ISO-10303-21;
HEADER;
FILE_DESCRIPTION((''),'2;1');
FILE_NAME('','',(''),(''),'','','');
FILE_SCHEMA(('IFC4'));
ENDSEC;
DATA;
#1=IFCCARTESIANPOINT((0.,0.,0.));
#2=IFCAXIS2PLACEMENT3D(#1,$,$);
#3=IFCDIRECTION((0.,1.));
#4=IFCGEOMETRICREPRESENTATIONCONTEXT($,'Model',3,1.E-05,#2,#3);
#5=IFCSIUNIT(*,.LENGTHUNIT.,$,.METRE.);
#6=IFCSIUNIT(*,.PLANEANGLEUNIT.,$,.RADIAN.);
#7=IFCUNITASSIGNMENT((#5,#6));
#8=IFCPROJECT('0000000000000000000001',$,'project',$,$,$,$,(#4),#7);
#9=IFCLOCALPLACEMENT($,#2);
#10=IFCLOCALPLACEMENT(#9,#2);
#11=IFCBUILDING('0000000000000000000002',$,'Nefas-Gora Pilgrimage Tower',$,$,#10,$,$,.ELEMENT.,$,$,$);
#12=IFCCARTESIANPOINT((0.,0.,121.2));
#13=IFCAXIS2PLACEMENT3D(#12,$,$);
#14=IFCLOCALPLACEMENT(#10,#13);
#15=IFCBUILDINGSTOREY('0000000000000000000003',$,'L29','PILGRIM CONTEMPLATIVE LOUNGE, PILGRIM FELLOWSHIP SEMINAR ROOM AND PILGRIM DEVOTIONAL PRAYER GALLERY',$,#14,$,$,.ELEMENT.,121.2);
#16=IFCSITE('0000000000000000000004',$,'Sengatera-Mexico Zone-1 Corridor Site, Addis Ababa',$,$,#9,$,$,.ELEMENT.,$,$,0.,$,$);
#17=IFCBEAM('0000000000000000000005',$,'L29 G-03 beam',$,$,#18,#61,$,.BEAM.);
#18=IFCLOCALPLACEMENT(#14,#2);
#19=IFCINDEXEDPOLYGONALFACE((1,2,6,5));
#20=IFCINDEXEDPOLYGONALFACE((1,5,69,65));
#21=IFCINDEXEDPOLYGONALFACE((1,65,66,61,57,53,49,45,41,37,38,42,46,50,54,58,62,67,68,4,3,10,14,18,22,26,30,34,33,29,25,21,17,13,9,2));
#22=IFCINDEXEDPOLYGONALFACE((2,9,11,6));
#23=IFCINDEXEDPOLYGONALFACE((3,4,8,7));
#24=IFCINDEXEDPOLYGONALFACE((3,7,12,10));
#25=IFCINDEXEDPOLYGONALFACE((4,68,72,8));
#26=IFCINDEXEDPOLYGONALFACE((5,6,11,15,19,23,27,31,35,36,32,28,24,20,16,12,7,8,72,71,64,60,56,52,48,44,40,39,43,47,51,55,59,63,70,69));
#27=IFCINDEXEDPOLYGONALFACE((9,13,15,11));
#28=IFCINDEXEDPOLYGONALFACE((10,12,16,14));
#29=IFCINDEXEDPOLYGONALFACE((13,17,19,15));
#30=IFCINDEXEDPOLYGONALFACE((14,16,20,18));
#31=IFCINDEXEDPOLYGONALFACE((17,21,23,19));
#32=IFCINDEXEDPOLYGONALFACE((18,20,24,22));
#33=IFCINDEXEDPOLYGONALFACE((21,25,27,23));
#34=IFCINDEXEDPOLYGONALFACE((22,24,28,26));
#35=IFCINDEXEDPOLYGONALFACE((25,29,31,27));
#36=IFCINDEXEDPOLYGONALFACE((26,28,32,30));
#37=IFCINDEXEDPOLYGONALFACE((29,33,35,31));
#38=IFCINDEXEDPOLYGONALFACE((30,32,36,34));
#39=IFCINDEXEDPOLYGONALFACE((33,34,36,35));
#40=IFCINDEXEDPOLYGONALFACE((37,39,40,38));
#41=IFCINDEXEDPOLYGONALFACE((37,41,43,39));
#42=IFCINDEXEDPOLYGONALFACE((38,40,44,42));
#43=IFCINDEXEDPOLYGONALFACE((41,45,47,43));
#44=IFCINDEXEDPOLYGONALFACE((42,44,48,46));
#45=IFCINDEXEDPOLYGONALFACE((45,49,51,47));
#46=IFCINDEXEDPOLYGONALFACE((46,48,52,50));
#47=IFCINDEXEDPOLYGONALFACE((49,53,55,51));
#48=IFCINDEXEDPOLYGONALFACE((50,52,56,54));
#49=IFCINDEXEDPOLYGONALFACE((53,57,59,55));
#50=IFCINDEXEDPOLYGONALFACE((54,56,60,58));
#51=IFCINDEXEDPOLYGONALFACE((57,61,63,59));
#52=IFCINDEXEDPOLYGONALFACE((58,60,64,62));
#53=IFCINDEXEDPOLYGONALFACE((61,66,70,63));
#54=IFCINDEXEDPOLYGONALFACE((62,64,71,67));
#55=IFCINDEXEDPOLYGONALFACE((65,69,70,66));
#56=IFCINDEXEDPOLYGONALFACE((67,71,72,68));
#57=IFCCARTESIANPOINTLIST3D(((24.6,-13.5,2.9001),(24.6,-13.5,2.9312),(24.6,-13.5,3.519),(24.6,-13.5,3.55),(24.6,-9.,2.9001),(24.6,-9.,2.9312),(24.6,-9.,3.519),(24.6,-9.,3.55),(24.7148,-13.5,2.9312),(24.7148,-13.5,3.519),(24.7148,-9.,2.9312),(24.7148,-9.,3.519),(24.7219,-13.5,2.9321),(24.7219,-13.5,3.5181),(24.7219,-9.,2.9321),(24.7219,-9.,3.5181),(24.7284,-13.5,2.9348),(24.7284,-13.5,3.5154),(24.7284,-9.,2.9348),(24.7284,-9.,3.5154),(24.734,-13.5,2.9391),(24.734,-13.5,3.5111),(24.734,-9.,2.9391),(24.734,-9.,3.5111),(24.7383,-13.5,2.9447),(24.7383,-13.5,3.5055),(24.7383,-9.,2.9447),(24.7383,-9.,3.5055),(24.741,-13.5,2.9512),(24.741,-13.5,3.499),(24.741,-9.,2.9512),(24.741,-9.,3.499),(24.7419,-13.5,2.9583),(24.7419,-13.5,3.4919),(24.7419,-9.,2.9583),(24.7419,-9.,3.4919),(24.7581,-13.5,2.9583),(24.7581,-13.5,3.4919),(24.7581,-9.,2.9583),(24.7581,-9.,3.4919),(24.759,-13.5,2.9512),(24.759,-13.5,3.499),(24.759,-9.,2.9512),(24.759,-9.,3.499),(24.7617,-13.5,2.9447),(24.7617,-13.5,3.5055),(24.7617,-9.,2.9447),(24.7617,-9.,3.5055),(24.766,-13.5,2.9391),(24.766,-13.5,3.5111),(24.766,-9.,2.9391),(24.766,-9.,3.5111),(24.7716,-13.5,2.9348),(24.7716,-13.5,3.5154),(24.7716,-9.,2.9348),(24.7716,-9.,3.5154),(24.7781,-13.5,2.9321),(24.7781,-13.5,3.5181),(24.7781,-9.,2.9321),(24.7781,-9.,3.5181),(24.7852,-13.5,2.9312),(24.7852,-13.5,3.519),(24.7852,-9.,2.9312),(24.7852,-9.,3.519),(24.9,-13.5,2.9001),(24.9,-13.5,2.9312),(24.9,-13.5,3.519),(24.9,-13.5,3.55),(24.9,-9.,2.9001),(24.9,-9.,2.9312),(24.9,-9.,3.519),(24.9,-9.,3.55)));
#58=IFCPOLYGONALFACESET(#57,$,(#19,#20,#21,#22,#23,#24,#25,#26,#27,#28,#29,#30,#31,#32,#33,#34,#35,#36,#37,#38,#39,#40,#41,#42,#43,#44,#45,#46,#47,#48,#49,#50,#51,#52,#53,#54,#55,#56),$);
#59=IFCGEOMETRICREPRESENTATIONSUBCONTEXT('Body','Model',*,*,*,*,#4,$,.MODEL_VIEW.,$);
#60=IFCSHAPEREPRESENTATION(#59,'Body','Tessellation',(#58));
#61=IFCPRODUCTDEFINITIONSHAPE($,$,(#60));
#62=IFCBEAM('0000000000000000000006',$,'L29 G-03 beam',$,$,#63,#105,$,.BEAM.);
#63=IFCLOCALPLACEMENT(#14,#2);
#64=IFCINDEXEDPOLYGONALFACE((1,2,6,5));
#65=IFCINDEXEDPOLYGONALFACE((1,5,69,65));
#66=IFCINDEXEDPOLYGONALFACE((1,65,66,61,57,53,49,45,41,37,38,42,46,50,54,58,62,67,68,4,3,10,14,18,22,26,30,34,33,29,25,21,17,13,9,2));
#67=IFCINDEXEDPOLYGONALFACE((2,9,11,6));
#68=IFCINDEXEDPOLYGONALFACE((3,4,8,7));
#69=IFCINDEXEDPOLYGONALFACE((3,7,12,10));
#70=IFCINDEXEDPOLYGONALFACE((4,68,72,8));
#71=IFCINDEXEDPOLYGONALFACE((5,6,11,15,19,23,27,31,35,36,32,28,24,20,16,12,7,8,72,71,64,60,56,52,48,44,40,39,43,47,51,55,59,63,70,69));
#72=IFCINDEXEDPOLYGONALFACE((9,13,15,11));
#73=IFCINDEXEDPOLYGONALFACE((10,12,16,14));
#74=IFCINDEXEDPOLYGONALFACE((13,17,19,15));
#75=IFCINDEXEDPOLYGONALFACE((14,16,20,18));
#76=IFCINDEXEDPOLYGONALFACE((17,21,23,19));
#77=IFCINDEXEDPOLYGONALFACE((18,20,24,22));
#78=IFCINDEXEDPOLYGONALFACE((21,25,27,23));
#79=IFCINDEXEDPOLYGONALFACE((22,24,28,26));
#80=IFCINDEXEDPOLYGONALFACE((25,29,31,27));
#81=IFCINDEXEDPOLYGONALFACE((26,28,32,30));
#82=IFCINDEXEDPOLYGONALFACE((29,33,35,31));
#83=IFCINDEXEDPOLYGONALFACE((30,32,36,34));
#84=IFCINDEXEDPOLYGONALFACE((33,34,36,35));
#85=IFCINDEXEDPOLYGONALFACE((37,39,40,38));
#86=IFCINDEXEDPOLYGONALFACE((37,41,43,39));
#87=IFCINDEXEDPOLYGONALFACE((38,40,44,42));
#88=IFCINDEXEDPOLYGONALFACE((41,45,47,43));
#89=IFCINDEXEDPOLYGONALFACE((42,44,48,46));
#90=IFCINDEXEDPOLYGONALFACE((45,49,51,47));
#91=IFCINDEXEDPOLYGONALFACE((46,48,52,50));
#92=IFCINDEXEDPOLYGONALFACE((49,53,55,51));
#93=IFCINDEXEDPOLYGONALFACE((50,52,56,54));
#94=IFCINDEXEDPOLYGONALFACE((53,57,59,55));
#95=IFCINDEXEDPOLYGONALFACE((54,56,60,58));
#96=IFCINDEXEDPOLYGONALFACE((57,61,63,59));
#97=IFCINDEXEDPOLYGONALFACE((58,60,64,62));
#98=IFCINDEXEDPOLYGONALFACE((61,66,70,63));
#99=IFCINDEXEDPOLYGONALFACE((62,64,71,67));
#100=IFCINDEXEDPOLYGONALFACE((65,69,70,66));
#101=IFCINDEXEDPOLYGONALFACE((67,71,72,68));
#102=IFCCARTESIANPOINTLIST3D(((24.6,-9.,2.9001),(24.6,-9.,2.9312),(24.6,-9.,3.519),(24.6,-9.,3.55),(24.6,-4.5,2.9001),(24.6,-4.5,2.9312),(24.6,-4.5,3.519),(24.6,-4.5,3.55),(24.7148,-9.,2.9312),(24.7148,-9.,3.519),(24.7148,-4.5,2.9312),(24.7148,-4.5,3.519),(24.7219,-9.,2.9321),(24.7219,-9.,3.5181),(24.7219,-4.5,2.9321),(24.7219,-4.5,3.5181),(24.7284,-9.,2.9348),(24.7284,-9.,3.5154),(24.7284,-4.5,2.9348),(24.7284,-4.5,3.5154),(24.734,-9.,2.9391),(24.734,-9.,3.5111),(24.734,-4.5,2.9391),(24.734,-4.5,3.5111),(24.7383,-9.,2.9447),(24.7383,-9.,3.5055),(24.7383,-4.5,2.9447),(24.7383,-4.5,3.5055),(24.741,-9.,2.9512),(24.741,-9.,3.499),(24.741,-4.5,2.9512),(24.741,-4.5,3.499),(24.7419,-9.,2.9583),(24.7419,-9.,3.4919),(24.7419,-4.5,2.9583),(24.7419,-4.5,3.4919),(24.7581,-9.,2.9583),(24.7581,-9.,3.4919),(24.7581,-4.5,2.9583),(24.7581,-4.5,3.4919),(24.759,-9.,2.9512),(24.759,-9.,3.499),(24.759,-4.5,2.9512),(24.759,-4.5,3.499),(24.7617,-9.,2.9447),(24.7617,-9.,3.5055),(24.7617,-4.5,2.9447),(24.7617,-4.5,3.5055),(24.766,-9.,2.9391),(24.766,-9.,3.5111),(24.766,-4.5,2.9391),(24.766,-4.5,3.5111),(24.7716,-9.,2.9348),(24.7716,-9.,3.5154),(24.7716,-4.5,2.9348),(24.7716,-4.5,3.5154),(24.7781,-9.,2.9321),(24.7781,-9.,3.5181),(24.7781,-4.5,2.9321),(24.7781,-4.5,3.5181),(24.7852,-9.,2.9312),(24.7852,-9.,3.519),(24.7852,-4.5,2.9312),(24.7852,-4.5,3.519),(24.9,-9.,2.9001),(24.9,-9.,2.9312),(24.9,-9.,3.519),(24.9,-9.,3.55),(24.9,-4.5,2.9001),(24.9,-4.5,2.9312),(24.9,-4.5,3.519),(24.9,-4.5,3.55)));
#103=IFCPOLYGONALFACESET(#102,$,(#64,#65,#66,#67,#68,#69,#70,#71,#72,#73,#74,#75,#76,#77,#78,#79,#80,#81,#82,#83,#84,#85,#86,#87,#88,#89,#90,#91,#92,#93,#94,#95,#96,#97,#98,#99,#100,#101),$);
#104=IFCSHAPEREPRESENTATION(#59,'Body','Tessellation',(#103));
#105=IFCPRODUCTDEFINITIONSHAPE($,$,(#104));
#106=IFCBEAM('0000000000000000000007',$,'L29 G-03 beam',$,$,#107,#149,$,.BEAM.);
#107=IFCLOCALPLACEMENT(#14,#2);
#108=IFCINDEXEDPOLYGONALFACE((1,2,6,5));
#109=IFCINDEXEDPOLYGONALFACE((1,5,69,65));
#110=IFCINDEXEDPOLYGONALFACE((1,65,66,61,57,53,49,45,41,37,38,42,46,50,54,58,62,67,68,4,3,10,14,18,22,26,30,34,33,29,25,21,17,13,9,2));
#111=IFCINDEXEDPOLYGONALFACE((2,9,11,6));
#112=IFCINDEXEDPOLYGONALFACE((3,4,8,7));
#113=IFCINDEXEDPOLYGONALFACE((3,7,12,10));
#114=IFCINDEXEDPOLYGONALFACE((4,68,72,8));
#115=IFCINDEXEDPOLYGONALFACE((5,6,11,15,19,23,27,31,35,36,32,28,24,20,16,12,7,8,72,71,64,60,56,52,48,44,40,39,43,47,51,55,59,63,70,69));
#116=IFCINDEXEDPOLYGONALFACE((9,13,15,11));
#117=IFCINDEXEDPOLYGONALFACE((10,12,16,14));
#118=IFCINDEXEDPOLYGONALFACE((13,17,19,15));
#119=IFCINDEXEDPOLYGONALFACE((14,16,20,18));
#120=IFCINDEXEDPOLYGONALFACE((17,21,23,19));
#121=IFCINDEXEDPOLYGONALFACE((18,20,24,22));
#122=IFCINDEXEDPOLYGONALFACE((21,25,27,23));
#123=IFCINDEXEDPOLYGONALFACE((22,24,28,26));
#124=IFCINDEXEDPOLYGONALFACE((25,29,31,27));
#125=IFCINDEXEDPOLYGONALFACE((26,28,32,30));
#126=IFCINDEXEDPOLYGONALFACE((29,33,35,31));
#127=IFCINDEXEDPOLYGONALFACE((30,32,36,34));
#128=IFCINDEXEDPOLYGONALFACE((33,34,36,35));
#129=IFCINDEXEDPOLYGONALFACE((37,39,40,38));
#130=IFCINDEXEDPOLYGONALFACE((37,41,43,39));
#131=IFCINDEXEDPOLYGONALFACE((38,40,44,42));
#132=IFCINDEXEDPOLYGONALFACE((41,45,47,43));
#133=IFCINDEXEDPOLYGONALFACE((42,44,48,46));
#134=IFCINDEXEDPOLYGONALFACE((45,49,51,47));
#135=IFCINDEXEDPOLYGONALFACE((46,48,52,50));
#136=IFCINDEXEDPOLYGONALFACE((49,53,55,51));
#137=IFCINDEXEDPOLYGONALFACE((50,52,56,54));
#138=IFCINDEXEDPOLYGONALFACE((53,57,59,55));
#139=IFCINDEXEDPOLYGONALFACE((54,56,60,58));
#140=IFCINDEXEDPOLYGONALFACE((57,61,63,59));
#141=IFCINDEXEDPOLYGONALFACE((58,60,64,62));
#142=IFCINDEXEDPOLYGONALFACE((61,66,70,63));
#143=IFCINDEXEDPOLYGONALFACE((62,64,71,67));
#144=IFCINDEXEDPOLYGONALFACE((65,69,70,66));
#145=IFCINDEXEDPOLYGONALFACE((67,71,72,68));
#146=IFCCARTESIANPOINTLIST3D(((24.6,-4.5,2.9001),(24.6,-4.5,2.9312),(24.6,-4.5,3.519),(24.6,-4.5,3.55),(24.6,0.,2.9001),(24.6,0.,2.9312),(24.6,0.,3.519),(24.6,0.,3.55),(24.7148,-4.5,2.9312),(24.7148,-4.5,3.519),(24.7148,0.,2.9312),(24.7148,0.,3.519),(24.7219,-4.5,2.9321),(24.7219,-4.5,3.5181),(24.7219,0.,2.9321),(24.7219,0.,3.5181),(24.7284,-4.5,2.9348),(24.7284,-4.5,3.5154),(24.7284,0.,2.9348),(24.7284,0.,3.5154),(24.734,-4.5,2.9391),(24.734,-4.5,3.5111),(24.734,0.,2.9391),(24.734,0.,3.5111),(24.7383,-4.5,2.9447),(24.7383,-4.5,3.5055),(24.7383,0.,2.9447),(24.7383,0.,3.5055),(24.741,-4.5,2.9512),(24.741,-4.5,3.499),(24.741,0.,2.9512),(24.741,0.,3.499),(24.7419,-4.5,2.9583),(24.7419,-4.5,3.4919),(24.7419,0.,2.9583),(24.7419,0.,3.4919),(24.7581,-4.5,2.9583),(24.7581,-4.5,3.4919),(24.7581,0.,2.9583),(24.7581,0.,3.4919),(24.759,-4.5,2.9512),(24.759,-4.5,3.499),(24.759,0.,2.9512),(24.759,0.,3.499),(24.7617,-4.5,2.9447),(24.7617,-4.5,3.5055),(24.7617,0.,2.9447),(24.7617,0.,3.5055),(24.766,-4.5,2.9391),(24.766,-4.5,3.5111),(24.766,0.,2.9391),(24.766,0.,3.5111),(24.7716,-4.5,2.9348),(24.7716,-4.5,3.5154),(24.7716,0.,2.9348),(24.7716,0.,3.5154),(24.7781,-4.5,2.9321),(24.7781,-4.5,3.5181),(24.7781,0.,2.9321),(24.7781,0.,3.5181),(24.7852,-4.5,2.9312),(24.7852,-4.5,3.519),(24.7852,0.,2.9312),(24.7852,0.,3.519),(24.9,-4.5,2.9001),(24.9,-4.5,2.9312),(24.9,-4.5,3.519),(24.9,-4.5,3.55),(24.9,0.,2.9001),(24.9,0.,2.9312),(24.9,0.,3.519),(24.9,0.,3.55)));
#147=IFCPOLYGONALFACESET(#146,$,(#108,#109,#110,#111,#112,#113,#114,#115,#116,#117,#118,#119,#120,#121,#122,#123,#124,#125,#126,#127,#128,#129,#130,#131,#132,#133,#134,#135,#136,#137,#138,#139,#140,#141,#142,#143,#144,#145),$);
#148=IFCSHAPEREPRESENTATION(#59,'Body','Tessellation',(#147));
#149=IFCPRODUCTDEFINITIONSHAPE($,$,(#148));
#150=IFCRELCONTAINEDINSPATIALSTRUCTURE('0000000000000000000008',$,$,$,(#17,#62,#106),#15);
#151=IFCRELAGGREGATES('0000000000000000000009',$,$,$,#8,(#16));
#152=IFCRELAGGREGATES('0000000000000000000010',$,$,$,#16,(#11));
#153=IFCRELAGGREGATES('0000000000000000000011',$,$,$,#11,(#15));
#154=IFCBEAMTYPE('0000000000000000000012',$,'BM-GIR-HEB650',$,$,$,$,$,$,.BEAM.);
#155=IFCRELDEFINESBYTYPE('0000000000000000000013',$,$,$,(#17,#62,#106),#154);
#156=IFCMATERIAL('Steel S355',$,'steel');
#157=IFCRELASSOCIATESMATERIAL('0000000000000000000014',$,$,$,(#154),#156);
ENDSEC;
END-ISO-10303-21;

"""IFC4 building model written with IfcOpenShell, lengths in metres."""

from ifc_helpers import new_model, si_unit, direction, frame, origin, origin_2d, place, context, subcontext, project, spatial, i_section, extrude, source, transform, mapped, material, material_profile, profile_set, type_object, element, save


model = new_model("IFC4")

# Units and contexts
model_context = context("Model", 3, precision=1e-05, world=origin(), true_north=direction((0.0, 1.0)))
body_context = subcontext(model_context, "Body", "Model", "MODEL_VIEW")
ifc_project = project(units=[si_unit("LENGTHUNIT", "METRE"), si_unit("PLANEANGLEUNIT", "RADIAN")], contexts=[model_context])

# Site, building, storey
site_placement = place(None, origin())
site = spatial("IfcSite", under=ifc_project, at=site_placement, Name="Sengatera-Mexico Zone-1 Corridor Site, Addis Ababa", CompositionType="ELEMENT", RefElevation=0.0)
building_placement = place(site_placement, origin())
building = spatial("IfcBuilding", under=site, at=building_placement, Name="Nefas-Gora Pilgrimage Tower", CompositionType="ELEMENT")
storey_placement = place(building_placement, frame((0.0, 0.0, 121.2)))
storey = spatial("IfcBuildingStorey", under=building, at=storey_placement, Name="L29", Description="PILGRIM CONTEMPLATIVE LOUNGE, PILGRIM FELLOWSHIP SEMINAR ROOM AND PILGRIM DEVOTIONAL PRAYER GALLERY", CompositionType="ELEMENT", Elevation=121.2)

# Beams
ifc_material_1 = material(Name="Steel S355", Category="steel")
ifc_material_profile_1 = material_profile(ifc_material_1, i_section(OverallWidth=0.3, OverallDepth=0.6499, WebThickness=0.0161, FlangeThickness=0.031, FilletRadius=0.0271, at=origin_2d()), Name="HEB 650")
ifc_profile_set_1 = profile_set([ifc_material_profile_1], Name="Steel S355")
beam_type_1 = type_object("IfcBeamType", Name="BM-GIR-HEB650", PredefinedType="BEAM", material=ifc_profile_set_1)
shared_shape_1 = source(origin(), body_context, "Body", "SweptSolid", [
    extrude(i_section(OverallWidth=0.3, OverallDepth=0.6499, WebThickness=0.0161, FlangeThickness=0.031, FilletRadius=0.0271, at=origin_2d()), origin(), (0.0, 0.0, 1.0), 4.5),
])
for number, where, z_axis, x_axis, name in (
    (1, (24.75, -13.5, 3.2251), (0.0, 1.0, 0.0), (-1.0, 0.0, 0.0), "L29 G-03 beam"),
    (2, (24.75, -9.0, 3.2251), (0.0, 1.0, 0.0), (-1.0, 0.0, 0.0), "L29 G-03 beam"),
    (3, (24.75, -4.5, 3.2251), (0.0, 1.0, 0.0), (-1.0, 0.0, 0.0), "L29 G-03 beam"),
):
    element("IfcBeam", number, at=place(storey_placement, frame(where, z_axis=z_axis, x_axis=x_axis)), inside=storey, type_object=beam_type_1, Name=name, PredefinedType="BEAM", context=body_context, shape_type="MappedRepresentation", body=[
        mapped(shared_shape_1, transform((0.0, 0.0, 0.0), x_axis=(1.0, 0.0, 0.0), y_axis=(0.0, 1.0, 0.0), z_axis=(0.0, 0.0, 1.0), scale=1.0)),
    ])

save(model, "model.ifc")
